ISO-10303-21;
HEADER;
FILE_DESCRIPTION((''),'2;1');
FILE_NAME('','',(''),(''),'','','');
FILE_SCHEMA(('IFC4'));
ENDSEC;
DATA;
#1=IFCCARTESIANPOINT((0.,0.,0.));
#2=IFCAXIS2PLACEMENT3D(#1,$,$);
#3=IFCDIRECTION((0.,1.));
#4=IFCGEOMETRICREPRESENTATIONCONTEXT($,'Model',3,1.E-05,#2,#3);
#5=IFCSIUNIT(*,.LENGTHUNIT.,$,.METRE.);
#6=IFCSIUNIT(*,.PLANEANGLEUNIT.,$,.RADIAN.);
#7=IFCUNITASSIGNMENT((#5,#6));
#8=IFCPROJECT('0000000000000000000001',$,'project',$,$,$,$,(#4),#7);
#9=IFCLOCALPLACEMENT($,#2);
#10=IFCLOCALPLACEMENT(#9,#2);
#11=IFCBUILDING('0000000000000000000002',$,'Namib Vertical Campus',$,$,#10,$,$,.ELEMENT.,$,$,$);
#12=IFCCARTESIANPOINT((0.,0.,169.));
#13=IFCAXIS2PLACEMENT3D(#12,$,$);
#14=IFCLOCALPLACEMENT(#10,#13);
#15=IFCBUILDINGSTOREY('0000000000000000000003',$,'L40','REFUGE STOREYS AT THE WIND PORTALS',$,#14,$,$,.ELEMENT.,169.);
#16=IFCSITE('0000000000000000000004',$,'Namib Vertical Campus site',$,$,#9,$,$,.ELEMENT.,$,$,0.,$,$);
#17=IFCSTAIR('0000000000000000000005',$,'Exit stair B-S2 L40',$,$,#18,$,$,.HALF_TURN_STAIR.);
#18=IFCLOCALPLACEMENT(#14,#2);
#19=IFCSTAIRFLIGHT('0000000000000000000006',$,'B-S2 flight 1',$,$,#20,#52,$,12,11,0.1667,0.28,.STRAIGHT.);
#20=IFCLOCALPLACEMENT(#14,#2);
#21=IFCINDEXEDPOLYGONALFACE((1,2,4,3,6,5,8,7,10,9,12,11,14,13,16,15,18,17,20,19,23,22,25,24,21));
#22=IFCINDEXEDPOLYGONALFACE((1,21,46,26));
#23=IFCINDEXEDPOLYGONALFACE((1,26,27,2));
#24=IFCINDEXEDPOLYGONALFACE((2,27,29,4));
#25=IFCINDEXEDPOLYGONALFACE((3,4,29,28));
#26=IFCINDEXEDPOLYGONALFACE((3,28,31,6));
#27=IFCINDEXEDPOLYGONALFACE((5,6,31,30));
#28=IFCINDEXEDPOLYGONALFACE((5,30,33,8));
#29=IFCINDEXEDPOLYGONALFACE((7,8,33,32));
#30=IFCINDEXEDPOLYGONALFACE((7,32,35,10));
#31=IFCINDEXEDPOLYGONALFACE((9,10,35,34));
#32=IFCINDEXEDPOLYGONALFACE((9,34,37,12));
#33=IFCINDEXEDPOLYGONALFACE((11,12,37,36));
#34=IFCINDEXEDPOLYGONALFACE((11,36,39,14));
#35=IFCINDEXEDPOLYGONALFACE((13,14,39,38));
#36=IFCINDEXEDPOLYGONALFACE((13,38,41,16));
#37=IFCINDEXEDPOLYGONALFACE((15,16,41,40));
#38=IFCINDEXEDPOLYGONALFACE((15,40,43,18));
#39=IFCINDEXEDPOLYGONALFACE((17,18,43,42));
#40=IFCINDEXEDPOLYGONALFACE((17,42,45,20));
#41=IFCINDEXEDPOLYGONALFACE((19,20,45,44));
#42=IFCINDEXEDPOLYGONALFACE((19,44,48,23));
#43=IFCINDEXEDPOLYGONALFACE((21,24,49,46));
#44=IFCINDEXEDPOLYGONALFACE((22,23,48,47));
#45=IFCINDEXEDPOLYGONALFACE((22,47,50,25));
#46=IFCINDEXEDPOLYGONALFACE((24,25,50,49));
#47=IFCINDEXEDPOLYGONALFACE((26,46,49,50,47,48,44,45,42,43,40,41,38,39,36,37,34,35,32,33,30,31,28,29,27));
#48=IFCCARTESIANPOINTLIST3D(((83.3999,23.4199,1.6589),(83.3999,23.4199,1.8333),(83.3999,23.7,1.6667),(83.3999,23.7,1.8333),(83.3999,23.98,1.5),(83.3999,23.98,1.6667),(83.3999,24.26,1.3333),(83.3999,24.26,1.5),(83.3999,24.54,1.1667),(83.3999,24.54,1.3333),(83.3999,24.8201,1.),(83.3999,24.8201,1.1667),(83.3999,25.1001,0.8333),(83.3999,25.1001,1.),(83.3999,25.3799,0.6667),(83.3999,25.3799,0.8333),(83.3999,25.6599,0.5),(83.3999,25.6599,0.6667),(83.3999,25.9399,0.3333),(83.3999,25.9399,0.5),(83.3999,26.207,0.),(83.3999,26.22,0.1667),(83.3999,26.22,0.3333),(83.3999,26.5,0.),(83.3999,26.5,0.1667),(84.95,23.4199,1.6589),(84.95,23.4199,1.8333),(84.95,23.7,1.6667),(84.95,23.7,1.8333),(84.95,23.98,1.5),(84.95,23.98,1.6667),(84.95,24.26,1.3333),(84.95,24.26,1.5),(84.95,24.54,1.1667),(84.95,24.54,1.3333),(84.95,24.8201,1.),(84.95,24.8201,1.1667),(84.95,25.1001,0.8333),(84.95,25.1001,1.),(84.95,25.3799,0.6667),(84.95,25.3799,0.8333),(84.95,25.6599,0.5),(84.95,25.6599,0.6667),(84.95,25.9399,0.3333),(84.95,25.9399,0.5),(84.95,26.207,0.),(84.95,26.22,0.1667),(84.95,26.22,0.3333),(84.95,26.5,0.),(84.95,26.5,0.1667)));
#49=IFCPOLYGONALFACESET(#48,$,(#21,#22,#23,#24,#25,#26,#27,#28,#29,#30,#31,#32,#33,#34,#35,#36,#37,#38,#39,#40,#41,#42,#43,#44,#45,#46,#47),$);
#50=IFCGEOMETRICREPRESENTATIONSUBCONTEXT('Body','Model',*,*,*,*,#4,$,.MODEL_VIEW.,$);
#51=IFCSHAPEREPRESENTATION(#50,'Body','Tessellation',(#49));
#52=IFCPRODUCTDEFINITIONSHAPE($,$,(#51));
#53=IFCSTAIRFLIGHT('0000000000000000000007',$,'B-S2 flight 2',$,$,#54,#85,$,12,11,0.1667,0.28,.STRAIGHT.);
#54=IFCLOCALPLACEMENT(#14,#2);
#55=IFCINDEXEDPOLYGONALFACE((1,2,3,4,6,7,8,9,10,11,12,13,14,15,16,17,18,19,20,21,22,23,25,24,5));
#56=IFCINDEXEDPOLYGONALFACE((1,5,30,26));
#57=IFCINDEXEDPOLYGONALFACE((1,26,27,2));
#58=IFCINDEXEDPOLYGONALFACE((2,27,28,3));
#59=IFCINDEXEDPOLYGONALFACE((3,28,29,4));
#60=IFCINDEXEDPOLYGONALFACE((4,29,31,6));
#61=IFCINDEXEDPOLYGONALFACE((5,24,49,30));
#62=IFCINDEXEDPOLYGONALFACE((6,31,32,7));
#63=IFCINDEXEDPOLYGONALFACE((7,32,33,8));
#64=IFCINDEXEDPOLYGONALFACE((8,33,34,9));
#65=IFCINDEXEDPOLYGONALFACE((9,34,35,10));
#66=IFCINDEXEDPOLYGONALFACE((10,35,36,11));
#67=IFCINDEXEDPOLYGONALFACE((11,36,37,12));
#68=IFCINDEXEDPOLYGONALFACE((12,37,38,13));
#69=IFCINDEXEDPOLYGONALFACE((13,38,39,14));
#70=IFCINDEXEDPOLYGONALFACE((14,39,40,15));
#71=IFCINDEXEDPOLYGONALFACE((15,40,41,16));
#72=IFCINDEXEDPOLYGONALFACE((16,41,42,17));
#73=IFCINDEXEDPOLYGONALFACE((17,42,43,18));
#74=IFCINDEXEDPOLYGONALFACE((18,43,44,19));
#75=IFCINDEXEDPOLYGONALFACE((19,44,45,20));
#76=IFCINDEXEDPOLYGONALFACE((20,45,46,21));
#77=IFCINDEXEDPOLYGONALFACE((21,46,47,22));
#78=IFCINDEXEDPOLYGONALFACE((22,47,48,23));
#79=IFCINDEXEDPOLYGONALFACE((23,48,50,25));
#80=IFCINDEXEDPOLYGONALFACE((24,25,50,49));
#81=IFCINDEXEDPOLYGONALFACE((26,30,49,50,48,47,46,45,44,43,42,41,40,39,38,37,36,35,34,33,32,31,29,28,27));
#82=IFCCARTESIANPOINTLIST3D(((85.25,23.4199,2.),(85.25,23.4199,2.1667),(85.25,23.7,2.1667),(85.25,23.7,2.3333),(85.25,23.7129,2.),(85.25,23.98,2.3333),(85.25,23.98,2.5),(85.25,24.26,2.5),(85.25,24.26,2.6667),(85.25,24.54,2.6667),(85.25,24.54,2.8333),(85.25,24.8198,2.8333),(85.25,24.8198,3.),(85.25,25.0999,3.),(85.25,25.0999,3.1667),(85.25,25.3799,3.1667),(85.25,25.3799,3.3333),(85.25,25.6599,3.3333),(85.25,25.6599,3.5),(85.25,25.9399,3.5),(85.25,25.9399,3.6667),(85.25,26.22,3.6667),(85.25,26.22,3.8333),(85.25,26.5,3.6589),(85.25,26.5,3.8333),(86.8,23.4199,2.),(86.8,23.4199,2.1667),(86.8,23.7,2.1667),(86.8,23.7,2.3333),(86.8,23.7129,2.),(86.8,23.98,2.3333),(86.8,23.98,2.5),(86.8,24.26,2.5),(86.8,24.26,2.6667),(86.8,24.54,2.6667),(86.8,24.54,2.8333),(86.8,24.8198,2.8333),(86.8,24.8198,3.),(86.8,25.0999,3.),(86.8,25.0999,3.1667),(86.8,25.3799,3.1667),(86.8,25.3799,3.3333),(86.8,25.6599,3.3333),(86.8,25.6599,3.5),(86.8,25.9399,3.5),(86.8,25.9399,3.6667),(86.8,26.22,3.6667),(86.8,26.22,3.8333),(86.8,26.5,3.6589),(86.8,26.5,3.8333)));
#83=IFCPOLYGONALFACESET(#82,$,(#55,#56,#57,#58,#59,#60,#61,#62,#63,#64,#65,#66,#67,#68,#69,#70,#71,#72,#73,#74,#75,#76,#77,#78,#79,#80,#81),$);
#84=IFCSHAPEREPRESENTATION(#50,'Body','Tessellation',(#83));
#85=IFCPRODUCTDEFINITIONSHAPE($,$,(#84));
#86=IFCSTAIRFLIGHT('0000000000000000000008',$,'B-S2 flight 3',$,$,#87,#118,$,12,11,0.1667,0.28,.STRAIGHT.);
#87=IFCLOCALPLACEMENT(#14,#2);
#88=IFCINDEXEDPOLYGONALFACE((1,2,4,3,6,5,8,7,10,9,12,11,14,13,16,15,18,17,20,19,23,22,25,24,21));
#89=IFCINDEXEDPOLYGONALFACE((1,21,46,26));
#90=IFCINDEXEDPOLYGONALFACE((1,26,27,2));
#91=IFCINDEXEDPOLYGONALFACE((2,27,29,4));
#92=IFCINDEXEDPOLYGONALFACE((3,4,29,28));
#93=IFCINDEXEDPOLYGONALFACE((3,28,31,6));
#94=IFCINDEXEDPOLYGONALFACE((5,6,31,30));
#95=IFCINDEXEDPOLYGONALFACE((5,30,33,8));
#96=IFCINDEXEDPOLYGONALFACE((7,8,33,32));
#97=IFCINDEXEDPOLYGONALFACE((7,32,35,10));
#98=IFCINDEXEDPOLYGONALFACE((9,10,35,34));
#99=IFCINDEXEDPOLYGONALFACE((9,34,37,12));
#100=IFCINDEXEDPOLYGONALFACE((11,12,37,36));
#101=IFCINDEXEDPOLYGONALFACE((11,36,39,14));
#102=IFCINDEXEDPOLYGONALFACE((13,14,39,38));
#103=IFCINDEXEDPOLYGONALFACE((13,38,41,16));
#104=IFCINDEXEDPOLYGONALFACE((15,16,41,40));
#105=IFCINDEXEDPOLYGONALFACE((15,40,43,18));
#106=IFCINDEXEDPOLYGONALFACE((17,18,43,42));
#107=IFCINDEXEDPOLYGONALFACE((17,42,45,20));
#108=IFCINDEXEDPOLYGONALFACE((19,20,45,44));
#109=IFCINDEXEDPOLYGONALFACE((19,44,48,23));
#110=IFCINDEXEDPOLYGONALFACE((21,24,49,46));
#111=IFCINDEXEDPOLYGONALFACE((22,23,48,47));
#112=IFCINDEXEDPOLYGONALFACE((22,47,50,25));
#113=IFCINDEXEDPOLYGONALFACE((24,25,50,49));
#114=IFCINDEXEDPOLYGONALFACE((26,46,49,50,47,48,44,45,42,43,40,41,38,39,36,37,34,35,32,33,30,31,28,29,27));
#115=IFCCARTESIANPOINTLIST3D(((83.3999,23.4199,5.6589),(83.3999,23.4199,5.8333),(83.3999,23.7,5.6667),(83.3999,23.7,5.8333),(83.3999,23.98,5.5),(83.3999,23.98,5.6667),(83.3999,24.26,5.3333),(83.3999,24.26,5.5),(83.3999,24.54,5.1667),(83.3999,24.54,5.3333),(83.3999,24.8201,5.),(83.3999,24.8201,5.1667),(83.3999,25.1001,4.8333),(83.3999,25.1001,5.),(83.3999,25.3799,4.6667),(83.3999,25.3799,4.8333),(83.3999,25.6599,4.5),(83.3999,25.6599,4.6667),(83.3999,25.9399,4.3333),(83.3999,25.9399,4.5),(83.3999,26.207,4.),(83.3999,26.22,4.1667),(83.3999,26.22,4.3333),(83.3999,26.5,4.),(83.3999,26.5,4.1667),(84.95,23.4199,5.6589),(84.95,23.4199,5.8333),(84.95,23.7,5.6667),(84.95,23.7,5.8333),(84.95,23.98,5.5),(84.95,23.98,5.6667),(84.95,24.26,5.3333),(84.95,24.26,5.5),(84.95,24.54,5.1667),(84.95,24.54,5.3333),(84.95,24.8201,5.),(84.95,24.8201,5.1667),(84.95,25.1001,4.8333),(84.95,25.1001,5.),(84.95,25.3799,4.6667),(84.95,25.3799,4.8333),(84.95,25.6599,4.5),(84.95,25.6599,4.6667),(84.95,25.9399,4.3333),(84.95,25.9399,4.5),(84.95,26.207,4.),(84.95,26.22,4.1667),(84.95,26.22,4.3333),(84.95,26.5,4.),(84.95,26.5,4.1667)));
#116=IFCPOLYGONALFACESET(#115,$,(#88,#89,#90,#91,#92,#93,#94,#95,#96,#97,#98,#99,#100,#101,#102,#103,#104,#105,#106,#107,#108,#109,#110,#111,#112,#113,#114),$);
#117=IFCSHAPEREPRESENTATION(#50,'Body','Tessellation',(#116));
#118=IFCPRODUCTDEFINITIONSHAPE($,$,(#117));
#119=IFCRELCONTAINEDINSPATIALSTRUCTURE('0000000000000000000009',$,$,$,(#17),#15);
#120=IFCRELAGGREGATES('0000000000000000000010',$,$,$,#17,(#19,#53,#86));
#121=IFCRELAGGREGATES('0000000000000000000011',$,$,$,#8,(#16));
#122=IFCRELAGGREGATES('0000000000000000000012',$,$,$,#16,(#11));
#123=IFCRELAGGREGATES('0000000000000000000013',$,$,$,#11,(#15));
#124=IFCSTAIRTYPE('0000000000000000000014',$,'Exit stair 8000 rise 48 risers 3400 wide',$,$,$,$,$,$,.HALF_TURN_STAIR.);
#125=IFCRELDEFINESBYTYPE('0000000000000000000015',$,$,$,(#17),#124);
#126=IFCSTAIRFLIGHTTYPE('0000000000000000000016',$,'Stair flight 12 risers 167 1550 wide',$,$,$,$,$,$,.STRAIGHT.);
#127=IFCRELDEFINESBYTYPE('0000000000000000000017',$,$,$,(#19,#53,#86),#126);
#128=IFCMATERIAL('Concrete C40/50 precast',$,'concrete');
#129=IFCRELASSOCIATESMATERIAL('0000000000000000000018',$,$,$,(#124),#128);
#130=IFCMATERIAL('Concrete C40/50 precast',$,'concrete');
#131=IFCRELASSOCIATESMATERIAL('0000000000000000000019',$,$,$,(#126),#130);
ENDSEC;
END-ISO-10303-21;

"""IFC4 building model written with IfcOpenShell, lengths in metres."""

from ifc_helpers import new_model, si_unit, direction, frame, origin, place, context, subcontext, project, spatial, polyline, outline, extrude, material, type_object, element, aggregate, save


model = new_model("IFC4")

# Units and contexts
model_context = context("Model", 3, precision=1e-05, world=origin(), true_north=direction((0.0, 1.0)))
body_context = subcontext(model_context, "Body", "Model", "MODEL_VIEW")
ifc_project = project(units=[si_unit("LENGTHUNIT", "METRE"), si_unit("PLANEANGLEUNIT", "RADIAN")], contexts=[model_context])

# Site, building, storey
site_placement = place(None, origin())
site = spatial("IfcSite", under=ifc_project, at=site_placement, Name="Namib Vertical Campus site", CompositionType="ELEMENT", RefElevation=0.0)
building_placement = place(site_placement, origin())
building = spatial("IfcBuilding", under=site, at=building_placement, Name="Namib Vertical Campus", CompositionType="ELEMENT")
storey_placement = place(building_placement, frame((0.0, 0.0, 169.0)))
storey = spatial("IfcBuildingStorey", under=building, at=storey_placement, Name="L40", Description="REFUGE STOREYS AT THE WIND PORTALS", CompositionType="ELEMENT", Elevation=169.0)

# Stair, stair flights
ifc_material_1 = material(Name="Concrete C40/50 precast", Category="concrete")
stair_type = type_object("IfcStairType", Name="Exit stair 8000 rise 48 risers 3400 wide", PredefinedType="HALF_TURN_STAIR", material=ifc_material_1)
stair_placement = place(storey_placement, origin())
stair = element("IfcStair", 1, at=stair_placement, inside=storey, type_object=stair_type, Name="Exit stair B-S2 L40", PredefinedType="HALF_TURN_STAIR")
ifc_material_2 = material(Name="Concrete C40/50 precast", Category="concrete")
stair_flight_type = type_object("IfcStairFlightType", Name="Stair flight 12 risers 167 1550 wide", PredefinedType="STRAIGHT", material=ifc_material_2)
stair_flight_1_placement = place(storey_placement, frame((84.175, 26.5, 0.0), z_axis=(0.0, 0.0, 1.0), x_axis=(0.0, -1.0, 0.0)))
stair_flight_1 = element("IfcStairFlight", 2, at=stair_flight_1_placement, type_object=stair_flight_type, Name="B-S2 flight 1", NumberOfRisers=12, NumberOfTreads=11, PredefinedType="STRAIGHT", RiserHeight=0.1667, TreadLength=0.28, context=body_context, shape_type="SweptSolid", body=[
    extrude(outline(polyline([(0.0, 0.0), (0.0, 0.1667), (0.28, 0.1667), (0.28, 0.3333), (0.5601, 0.3333), (0.5601, 0.5), (0.8401, 0.5), (0.8401, 0.6667), (1.1201, 0.6667), (1.1201, 0.8333), (1.3999, 0.8333), (1.3999, 1.0), (1.6799, 1.0), (1.6799, 1.1667), (1.96, 1.1667), (1.96, 1.3333), (2.24, 1.3333), (2.24, 1.5), (2.52, 1.5), (2.52, 1.6667), (2.8, 1.6667), (2.8, 1.8333), (3.0801, 1.8333), (3.0801, 2.0), (3.0801, 1.6589), (0.293, 0.0), (0.0, 0.0)])), frame((0.0, 0.7749, 0.0), z_axis=(0.0, -1.0, 0.0), x_axis=(1.0, 0.0, 0.0)), (0.0, 0.0, 1.0), 1.55),
])
stair_flight_2_placement = place(storey_placement, frame((86.0249, 23.4199, 2.0), z_axis=(0.0, 0.0, 1.0), x_axis=(0.0, 1.0, 0.0)))
stair_flight_2 = element("IfcStairFlight", 3, at=stair_flight_2_placement, type_object=stair_flight_type, Name="B-S2 flight 2", NumberOfRisers=12, NumberOfTreads=11, PredefinedType="STRAIGHT", RiserHeight=0.1667, TreadLength=0.28, context=body_context, shape_type="SweptSolid", body=[
    extrude(outline(polyline([(0.0, 0.0), (0.0, 0.1667), (0.28, 0.1667), (0.28, 0.3333), (0.5601, 0.3333), (0.5601, 0.5), (0.8401, 0.5), (0.8401, 0.6667), (1.1201, 0.6667), (1.1201, 0.8333), (1.3999, 0.8333), (1.3999, 1.0), (1.6799, 1.0), (1.6799, 1.1667), (1.96, 1.1667), (1.96, 1.3333), (2.24, 1.3333), (2.24, 1.5), (2.52, 1.5), (2.52, 1.6667), (2.8, 1.6667), (2.8, 1.8333), (3.0801, 1.8333), (3.0801, 2.0), (3.0801, 1.6589), (0.293, 0.0), (0.0, 0.0)])), frame((0.0, 0.7749, 0.0), z_axis=(0.0, -1.0, 0.0), x_axis=(1.0, 0.0, 0.0)), (0.0, 0.0, 1.0), 1.55),
])
stair_flight_3_placement = place(storey_placement, frame((84.175, 26.5, 4.0), z_axis=(0.0, 0.0, 1.0), x_axis=(0.0, -1.0, 0.0)))
stair_flight_3 = element("IfcStairFlight", 4, at=stair_flight_3_placement, type_object=stair_flight_type, Name="B-S2 flight 3", NumberOfRisers=12, NumberOfTreads=11, PredefinedType="STRAIGHT", RiserHeight=0.1667, TreadLength=0.28, context=body_context, shape_type="SweptSolid", body=[
    extrude(outline(polyline([(0.0, 0.0), (0.0, 0.1667), (0.28, 0.1667), (0.28, 0.3333), (0.5601, 0.3333), (0.5601, 0.5), (0.8401, 0.5), (0.8401, 0.6667), (1.1201, 0.6667), (1.1201, 0.8333), (1.3999, 0.8333), (1.3999, 1.0), (1.6799, 1.0), (1.6799, 1.1667), (1.96, 1.1667), (1.96, 1.3333), (2.24, 1.3333), (2.24, 1.5), (2.52, 1.5), (2.52, 1.6667), (2.8, 1.6667), (2.8, 1.8333), (3.0801, 1.8333), (3.0801, 2.0), (3.0801, 1.6589), (0.293, 0.0), (0.0, 0.0)])), frame((0.0, 0.7749, 0.0), z_axis=(0.0, -1.0, 0.0), x_axis=(1.0, 0.0, 0.0)), (0.0, 0.0, 1.0), 1.55),
])
aggregate(stair, [stair_flight_1, stair_flight_2, stair_flight_3])

save(model, "model.ifc")
